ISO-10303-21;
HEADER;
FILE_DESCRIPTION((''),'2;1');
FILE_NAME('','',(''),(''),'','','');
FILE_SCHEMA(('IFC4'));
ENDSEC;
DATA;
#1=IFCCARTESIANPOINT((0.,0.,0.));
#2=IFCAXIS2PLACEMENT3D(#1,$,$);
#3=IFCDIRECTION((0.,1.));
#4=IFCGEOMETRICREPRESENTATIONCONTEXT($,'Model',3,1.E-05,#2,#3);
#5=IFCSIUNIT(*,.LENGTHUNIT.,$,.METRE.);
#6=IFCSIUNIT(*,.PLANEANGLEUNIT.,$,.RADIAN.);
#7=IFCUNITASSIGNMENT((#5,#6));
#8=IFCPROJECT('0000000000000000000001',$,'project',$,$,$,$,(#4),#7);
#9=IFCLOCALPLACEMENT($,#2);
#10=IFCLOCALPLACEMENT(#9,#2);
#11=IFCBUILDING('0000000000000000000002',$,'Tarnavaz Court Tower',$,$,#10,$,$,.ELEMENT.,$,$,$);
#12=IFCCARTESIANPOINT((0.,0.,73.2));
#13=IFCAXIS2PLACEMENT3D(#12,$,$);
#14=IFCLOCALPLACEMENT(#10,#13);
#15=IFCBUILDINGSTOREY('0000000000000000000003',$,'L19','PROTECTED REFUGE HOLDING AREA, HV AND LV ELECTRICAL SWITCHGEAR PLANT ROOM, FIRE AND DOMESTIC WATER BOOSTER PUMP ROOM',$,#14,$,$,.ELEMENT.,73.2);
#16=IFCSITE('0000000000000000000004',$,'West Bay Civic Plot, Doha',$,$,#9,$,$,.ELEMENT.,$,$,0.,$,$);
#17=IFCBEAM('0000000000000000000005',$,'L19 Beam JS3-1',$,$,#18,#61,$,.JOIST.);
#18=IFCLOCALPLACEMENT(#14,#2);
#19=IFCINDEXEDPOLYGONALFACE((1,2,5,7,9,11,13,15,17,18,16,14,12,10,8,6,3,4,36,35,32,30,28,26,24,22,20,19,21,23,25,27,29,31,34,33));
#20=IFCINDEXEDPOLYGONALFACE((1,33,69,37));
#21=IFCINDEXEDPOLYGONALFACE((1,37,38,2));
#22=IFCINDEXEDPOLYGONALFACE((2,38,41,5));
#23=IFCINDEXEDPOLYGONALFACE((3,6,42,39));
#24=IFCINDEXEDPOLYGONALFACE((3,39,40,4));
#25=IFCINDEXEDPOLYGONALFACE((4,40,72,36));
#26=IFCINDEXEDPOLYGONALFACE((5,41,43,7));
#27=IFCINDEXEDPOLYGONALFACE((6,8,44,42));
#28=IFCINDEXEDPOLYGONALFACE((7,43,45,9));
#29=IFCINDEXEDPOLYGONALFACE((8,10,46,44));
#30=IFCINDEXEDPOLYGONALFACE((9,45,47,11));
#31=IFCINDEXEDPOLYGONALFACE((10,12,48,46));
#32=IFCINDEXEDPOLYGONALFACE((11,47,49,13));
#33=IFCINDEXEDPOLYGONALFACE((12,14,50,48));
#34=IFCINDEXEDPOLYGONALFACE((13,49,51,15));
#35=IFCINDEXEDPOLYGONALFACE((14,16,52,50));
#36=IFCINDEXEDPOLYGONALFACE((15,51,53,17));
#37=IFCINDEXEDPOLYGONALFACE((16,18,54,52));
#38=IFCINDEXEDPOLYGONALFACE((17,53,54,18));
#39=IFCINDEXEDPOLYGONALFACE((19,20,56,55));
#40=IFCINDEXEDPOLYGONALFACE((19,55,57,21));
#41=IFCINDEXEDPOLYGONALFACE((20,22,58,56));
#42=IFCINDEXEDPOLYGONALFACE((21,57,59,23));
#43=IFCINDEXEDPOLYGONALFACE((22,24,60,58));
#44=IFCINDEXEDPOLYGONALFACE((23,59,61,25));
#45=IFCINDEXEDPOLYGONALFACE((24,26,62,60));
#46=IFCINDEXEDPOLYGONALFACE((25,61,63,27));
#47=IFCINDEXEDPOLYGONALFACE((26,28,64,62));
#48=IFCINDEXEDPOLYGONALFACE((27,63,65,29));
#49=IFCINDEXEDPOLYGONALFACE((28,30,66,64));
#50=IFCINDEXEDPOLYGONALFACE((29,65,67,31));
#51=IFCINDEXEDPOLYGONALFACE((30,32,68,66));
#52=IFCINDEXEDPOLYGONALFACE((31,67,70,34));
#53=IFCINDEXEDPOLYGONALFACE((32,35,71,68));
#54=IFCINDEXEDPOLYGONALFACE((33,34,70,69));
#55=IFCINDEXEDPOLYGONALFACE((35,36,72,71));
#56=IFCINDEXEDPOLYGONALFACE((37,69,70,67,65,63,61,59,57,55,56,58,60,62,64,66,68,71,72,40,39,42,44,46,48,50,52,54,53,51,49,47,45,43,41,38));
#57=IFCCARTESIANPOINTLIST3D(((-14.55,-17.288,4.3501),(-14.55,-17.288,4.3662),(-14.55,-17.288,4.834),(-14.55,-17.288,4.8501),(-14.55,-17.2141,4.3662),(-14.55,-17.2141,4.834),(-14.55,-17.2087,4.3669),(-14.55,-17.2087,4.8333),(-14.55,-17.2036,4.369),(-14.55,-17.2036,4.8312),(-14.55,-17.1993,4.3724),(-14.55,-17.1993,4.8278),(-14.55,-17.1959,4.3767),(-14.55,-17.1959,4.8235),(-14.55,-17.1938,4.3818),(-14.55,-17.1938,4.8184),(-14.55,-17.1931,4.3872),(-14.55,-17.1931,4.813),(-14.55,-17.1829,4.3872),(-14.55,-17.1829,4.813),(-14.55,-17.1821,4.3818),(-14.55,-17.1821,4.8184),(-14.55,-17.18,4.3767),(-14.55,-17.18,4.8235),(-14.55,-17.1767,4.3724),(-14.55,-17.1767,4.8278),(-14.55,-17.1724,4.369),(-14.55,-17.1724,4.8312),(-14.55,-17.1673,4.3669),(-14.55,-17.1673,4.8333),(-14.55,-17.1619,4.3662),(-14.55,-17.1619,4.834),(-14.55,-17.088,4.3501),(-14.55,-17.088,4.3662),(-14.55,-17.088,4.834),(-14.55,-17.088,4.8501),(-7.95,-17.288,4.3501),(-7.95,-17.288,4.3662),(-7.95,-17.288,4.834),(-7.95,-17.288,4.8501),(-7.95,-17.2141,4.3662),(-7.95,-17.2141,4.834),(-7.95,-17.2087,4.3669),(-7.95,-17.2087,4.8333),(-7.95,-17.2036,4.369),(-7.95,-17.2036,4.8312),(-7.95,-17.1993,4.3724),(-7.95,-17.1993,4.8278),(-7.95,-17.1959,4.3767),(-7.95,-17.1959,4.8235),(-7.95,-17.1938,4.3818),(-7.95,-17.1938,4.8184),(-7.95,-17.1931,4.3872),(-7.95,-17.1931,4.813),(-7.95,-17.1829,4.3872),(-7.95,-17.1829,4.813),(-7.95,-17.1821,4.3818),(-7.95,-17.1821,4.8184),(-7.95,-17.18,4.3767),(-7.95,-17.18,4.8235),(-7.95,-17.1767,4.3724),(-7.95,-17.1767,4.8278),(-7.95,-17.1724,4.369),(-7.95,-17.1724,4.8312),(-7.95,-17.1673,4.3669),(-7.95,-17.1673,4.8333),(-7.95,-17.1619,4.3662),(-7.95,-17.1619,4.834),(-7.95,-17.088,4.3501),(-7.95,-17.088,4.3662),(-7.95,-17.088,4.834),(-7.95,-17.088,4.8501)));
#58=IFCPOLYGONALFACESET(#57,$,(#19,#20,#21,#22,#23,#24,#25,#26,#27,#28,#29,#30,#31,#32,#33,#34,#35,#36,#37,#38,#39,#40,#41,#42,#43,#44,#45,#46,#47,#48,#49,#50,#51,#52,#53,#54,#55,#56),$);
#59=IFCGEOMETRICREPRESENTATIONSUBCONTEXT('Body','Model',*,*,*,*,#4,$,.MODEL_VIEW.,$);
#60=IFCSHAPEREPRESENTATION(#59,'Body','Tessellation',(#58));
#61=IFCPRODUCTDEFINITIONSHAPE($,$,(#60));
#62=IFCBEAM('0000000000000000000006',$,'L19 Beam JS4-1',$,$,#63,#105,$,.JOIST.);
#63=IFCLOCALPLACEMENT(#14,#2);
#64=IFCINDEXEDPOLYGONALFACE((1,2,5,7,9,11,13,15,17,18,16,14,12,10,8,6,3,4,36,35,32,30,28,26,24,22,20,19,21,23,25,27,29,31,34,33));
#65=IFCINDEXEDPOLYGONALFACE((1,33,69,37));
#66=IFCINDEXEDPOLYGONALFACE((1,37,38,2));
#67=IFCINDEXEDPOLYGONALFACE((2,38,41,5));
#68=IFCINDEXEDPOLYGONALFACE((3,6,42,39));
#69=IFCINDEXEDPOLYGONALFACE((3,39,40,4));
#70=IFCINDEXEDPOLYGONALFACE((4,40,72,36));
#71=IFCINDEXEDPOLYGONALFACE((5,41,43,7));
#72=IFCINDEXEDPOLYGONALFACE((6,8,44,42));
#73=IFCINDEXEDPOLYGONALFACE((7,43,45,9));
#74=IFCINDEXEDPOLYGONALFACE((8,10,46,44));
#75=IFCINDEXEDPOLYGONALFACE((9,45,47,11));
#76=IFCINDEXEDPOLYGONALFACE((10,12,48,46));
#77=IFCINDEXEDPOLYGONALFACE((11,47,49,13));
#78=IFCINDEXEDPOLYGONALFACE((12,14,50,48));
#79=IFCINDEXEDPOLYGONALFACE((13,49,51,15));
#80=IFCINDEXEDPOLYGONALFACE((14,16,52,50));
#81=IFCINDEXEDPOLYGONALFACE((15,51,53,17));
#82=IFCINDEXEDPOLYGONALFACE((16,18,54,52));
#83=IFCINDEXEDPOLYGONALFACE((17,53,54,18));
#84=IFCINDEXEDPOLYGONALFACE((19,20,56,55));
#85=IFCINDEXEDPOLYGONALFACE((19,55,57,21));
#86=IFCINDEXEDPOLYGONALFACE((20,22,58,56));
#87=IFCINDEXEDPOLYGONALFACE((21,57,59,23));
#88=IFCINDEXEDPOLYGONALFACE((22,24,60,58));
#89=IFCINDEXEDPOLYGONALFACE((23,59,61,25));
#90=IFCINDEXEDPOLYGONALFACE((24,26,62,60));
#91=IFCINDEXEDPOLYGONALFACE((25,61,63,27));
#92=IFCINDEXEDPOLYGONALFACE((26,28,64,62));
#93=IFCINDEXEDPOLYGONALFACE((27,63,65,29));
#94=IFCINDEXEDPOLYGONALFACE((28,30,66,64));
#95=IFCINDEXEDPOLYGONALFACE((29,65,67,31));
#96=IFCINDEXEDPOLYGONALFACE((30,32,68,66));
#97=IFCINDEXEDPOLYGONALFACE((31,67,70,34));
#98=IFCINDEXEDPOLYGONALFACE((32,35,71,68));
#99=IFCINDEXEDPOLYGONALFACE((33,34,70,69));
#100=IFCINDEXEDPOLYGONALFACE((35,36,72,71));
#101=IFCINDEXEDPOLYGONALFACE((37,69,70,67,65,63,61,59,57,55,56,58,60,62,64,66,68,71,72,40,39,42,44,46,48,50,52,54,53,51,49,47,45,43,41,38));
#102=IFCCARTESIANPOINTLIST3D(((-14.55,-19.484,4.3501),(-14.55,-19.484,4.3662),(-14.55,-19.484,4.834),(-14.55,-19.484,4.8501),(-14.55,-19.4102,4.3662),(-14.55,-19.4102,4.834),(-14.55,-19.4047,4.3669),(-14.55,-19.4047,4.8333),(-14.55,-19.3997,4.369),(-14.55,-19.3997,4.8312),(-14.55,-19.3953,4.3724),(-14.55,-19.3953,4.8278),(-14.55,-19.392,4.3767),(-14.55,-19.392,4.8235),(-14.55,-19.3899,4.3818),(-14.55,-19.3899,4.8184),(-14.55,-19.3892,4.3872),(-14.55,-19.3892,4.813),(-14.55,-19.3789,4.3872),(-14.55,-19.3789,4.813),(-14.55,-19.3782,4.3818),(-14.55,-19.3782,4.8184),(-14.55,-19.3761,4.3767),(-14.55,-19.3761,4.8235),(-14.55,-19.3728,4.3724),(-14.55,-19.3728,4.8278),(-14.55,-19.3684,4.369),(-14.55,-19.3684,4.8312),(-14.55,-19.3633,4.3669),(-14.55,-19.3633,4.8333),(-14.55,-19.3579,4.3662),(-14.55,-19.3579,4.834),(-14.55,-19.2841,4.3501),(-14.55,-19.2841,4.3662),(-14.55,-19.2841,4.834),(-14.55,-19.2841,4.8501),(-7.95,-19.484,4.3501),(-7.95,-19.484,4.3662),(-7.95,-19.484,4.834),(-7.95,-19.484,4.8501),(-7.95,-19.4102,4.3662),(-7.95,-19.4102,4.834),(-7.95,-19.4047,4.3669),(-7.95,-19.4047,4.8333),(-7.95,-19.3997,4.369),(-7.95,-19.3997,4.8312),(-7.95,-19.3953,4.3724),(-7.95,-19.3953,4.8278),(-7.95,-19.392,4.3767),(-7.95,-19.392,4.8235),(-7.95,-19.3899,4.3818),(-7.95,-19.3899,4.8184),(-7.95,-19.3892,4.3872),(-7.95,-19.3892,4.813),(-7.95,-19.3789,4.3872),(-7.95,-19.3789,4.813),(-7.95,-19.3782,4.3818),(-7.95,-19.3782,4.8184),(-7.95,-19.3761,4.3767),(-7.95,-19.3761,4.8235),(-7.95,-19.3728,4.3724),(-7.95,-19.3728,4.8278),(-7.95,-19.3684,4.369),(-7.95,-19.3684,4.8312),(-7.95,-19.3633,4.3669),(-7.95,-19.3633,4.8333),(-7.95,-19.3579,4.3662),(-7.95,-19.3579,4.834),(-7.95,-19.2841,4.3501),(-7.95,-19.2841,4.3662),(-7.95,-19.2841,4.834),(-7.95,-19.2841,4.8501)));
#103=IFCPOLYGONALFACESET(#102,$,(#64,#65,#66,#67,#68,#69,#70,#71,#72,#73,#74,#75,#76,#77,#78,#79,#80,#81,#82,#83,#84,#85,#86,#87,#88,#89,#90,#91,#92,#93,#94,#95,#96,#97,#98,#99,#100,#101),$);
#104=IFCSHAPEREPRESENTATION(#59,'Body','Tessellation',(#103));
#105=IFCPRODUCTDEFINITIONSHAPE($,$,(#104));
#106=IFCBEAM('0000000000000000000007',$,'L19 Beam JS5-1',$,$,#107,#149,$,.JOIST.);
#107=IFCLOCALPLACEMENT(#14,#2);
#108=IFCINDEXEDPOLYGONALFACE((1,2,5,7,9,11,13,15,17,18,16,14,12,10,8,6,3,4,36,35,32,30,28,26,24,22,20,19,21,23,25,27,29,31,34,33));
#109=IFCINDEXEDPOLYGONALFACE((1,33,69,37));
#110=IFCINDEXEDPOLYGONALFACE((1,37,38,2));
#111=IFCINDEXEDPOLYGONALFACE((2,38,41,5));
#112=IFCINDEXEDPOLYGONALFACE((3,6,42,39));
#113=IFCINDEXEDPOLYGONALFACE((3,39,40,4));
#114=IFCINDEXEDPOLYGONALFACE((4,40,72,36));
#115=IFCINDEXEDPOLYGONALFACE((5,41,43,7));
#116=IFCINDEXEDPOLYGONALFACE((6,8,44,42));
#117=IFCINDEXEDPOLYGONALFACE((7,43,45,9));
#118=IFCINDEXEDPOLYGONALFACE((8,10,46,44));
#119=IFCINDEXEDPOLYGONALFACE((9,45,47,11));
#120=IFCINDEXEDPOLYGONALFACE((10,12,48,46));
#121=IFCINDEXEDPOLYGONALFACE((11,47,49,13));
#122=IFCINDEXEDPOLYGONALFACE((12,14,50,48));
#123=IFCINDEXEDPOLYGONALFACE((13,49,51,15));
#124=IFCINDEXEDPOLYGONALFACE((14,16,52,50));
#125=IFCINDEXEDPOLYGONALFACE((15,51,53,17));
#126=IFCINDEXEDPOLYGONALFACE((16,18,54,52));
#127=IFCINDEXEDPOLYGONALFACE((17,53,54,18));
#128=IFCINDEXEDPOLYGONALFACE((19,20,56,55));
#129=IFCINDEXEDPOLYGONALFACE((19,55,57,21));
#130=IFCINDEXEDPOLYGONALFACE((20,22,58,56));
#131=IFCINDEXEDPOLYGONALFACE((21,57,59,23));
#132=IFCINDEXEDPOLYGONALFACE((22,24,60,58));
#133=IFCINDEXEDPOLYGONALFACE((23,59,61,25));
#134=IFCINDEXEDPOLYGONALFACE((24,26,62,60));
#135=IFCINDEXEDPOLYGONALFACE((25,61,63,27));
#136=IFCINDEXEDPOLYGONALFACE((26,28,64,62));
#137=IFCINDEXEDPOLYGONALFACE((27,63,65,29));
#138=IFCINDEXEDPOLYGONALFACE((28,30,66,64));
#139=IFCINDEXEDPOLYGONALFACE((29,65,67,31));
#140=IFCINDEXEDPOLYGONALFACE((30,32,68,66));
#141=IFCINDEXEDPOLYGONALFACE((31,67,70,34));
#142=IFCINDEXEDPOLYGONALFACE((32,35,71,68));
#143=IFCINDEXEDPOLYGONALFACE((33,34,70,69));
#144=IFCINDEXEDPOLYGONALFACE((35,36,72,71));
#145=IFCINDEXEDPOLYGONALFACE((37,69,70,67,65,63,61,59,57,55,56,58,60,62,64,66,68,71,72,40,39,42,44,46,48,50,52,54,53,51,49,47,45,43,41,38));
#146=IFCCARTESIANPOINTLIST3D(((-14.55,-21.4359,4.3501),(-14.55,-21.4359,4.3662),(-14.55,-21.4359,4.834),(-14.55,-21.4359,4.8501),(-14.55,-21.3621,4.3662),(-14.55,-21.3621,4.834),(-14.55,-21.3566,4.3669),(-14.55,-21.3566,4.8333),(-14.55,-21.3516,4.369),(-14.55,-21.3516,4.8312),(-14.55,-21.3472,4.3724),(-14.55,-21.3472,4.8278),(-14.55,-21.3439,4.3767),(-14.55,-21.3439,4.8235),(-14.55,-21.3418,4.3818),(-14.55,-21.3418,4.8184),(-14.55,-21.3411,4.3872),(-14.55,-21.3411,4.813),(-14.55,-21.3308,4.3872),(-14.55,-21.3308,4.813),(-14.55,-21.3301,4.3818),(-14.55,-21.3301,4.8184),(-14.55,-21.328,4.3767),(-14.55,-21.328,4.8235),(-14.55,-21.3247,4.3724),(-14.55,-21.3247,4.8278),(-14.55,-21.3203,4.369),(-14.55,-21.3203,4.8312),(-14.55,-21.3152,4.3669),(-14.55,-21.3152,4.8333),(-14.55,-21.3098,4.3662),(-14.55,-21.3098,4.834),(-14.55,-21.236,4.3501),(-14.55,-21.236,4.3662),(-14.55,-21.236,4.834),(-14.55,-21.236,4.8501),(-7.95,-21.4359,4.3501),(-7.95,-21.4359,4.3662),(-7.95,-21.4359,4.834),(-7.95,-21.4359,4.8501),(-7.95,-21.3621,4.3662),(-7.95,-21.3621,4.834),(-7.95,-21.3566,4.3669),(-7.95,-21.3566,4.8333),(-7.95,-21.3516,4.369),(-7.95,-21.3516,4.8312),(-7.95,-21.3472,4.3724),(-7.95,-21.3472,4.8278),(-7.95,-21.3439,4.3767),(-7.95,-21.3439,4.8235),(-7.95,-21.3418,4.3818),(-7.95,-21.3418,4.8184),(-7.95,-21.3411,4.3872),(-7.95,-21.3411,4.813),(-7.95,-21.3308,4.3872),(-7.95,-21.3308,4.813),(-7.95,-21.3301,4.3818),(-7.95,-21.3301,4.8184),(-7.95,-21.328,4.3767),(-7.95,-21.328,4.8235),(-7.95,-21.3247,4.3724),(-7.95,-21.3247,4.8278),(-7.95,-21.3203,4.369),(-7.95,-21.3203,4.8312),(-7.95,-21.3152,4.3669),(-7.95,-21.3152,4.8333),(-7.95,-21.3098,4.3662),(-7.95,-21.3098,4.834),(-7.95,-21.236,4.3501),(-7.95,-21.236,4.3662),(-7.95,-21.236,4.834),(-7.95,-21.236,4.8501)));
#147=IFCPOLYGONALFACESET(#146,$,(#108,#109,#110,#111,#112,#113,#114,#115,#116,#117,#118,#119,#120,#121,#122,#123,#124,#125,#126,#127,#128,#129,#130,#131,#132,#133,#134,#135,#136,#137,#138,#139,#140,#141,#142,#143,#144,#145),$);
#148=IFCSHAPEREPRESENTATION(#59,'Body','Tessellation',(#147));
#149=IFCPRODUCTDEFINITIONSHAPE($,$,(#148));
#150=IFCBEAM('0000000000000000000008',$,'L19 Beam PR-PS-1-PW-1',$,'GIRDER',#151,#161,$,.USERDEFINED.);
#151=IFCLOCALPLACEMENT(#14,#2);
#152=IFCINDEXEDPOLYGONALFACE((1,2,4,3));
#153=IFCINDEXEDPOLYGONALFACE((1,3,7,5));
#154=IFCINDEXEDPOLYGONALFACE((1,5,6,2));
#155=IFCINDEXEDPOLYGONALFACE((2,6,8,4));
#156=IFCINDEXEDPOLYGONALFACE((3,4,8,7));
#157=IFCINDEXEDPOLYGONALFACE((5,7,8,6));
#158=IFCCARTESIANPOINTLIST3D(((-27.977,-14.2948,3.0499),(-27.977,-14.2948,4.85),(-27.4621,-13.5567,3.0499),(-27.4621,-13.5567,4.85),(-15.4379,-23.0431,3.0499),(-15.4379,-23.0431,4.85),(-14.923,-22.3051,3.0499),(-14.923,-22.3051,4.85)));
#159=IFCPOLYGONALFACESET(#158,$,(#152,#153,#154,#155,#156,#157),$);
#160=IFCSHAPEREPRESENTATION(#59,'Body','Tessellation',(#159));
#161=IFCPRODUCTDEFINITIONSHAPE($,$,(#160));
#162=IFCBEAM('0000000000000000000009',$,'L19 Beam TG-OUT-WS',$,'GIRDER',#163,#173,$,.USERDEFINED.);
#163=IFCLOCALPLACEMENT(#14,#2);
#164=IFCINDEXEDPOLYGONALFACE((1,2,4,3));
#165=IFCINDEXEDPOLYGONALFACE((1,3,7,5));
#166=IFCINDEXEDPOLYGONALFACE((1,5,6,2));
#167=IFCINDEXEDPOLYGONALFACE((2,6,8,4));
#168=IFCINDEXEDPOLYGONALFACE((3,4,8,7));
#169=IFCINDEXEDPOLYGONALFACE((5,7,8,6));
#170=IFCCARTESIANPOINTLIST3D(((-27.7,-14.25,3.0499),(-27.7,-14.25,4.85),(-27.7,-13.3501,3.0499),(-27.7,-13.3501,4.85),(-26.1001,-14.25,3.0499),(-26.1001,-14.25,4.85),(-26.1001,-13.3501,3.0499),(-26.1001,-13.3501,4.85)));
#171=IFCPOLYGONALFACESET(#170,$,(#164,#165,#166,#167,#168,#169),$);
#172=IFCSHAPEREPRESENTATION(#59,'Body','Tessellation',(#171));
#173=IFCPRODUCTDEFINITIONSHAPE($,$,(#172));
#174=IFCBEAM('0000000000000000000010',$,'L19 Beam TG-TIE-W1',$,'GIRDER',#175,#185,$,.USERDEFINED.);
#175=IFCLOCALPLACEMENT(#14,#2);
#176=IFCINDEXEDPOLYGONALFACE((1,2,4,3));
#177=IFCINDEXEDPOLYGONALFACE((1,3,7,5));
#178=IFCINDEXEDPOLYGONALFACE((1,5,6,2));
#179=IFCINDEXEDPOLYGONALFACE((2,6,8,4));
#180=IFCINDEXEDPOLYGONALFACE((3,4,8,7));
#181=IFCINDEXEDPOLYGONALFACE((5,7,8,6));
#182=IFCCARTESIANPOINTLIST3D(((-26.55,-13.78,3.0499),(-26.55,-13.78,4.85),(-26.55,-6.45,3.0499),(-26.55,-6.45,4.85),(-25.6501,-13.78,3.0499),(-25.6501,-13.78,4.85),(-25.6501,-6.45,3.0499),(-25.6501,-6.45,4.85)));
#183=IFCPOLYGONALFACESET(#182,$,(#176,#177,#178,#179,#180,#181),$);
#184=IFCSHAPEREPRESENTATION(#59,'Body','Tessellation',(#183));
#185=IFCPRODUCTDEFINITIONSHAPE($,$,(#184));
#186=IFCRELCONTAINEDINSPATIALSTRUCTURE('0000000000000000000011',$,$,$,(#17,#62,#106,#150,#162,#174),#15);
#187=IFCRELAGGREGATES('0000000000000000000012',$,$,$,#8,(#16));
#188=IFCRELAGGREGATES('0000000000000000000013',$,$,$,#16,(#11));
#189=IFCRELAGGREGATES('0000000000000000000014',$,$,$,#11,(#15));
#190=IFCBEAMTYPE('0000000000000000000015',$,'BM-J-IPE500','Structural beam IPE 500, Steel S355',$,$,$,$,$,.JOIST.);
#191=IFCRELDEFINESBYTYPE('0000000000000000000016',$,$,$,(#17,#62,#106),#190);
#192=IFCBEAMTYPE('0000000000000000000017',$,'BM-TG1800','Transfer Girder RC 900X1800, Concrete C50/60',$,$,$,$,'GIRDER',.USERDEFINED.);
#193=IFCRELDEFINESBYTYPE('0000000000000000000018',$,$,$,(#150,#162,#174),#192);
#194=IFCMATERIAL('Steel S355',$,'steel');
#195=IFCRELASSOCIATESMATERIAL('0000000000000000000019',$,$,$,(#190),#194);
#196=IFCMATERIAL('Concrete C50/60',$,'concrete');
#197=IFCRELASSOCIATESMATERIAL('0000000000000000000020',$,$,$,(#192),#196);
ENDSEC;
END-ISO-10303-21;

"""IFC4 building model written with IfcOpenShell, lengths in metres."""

from ifc_helpers import new_model, si_unit, direction, frame, origin, origin_2d, place, context, subcontext, project, spatial, rectangle, i_section, extrude, material, material_profile, profile_set, type_object, element, save


model = new_model("IFC4")

# Units and contexts
model_context = context("Model", 3, precision=1e-05, world=origin(), true_north=direction((0.0, 1.0)))
body_context = subcontext(model_context, "Body", "Model", "MODEL_VIEW")
ifc_project = project(units=[si_unit("LENGTHUNIT", "METRE"), si_unit("PLANEANGLEUNIT", "RADIAN")], contexts=[model_context])

# Site, building, storey
site_placement = place(None, origin())
site = spatial("IfcSite", under=ifc_project, at=site_placement, Name="West Bay Civic Plot, Doha", CompositionType="ELEMENT", RefElevation=0.0)
building_placement = place(site_placement, origin())
building = spatial("IfcBuilding", under=site, at=building_placement, Name="Tarnavaz Court Tower", CompositionType="ELEMENT")
storey_placement = place(building_placement, frame((0.0, 0.0, 73.2)))
storey = spatial("IfcBuildingStorey", under=building, at=storey_placement, Name="L19", Description="PROTECTED REFUGE HOLDING AREA, HV AND LV ELECTRICAL SWITCHGEAR PLANT ROOM, FIRE AND DOMESTIC WATER BOOSTER PUMP ROOM", CompositionType="ELEMENT", Elevation=73.2)

# Beams
ifc_material_1 = material(Name="Steel S355", Category="steel")
ifc_material_profile_1 = material_profile(ifc_material_1, i_section(OverallWidth=0.2, OverallDepth=0.5, WebThickness=0.0103, FlangeThickness=0.0161, FilletRadius=0.021, at=origin_2d()), Name="IPE 500")
ifc_profile_set_1 = profile_set([ifc_material_profile_1], Name="Steel S355")
beam_type_1 = type_object("IfcBeamType", Name="BM-J-IPE500", Description="Structural beam IPE 500, Steel S355", PredefinedType="JOIST", material=ifc_profile_set_1)
for number, where, z_axis, x_axis, name in (
    (1, (-14.55, -17.188, 4.6001), (1.0, 0.0, 0.0), (0.0, 1.0, 0.0), "L19 Beam JS3-1"),
    (2, (-14.55, -19.384, 4.6001), (1.0, 0.0, 0.0), (0.0, 1.0, 0.0), "L19 Beam JS4-1"),
    (3, (-14.55, -21.3359, 4.6001), (1.0, 0.0, 0.0), (0.0, 1.0, 0.0), "L19 Beam JS5-1"),
):
    element("IfcBeam", number, at=place(storey_placement, frame(where, z_axis=z_axis, x_axis=x_axis)), inside=storey, type_object=beam_type_1, Name=name, PredefinedType="JOIST", context=body_context, shape_type="SweptSolid", body=[
        extrude(i_section(OverallWidth=0.2, OverallDepth=0.5, WebThickness=0.0103, FlangeThickness=0.0161, FilletRadius=0.021, at=origin_2d()), origin(), (0.0, 0.0, 1.0), 6.6001),
    ])
ifc_material_2 = material(Name="Concrete C50/60", Category="concrete")
ifc_material_profile_2 = material_profile(ifc_material_2, rectangle(XDim=0.8999, YDim=1.8, at=origin_2d()), Name="RC 900X1800")
ifc_profile_set_2 = profile_set([ifc_material_profile_2], Name="Concrete C50/60")
beam_type_2 = type_object("IfcBeamType", Name="BM-TG1800", Description="Transfer Girder RC 900X1800, Concrete C50/60", ElementType="GIRDER", PredefinedType="USERDEFINED", material=ifc_profile_set_2)
beam_1_placement = place(storey_placement, frame((-15.1804, -22.6741, 3.95), z_axis=(-0.820124, 0.572186, 0.0), x_axis=(-0.572186, -0.820124, 0.0)))
element("IfcBeam", 4, at=beam_1_placement, inside=storey, type_object=beam_type_2, Name="L19 Beam PR-PS-1-PW-1", ObjectType="GIRDER", PredefinedType="USERDEFINED", context=body_context, shape_type="SweptSolid", body=[
    extrude(rectangle(XDim=0.8999, YDim=1.8, at=origin_2d()), origin(), (0.0, 0.0, 1.0), 15.2893),
])
beam_2_placement = place(storey_placement, frame((-26.1001, -13.8, 3.95), z_axis=(-1.0, 0.0, 0.0), x_axis=(0.0, -1.0, 0.0)))
element("IfcBeam", 5, at=beam_2_placement, inside=storey, type_object=beam_type_2, Name="L19 Beam TG-OUT-WS", ObjectType="GIRDER", PredefinedType="USERDEFINED", context=body_context, shape_type="SweptSolid", body=[
    extrude(rectangle(XDim=0.8999, YDim=1.8, at=origin_2d()), origin(), (0.0, 0.0, 1.0), 1.5999),
])
beam_3_placement = place(storey_placement, frame((-26.1001, -13.78, 3.95), z_axis=(0.0, 1.0, 0.0), x_axis=(-1.0, 0.0, 0.0)))
element("IfcBeam", 6, at=beam_3_placement, inside=storey, type_object=beam_type_2, Name="L19 Beam TG-TIE-W1", ObjectType="GIRDER", PredefinedType="USERDEFINED", context=body_context, shape_type="SweptSolid", body=[
    extrude(rectangle(XDim=0.8999, YDim=1.8, at=origin_2d()), origin(), (0.0, 0.0, 1.0), 7.3301),
])

save(model, "model.ifc")
